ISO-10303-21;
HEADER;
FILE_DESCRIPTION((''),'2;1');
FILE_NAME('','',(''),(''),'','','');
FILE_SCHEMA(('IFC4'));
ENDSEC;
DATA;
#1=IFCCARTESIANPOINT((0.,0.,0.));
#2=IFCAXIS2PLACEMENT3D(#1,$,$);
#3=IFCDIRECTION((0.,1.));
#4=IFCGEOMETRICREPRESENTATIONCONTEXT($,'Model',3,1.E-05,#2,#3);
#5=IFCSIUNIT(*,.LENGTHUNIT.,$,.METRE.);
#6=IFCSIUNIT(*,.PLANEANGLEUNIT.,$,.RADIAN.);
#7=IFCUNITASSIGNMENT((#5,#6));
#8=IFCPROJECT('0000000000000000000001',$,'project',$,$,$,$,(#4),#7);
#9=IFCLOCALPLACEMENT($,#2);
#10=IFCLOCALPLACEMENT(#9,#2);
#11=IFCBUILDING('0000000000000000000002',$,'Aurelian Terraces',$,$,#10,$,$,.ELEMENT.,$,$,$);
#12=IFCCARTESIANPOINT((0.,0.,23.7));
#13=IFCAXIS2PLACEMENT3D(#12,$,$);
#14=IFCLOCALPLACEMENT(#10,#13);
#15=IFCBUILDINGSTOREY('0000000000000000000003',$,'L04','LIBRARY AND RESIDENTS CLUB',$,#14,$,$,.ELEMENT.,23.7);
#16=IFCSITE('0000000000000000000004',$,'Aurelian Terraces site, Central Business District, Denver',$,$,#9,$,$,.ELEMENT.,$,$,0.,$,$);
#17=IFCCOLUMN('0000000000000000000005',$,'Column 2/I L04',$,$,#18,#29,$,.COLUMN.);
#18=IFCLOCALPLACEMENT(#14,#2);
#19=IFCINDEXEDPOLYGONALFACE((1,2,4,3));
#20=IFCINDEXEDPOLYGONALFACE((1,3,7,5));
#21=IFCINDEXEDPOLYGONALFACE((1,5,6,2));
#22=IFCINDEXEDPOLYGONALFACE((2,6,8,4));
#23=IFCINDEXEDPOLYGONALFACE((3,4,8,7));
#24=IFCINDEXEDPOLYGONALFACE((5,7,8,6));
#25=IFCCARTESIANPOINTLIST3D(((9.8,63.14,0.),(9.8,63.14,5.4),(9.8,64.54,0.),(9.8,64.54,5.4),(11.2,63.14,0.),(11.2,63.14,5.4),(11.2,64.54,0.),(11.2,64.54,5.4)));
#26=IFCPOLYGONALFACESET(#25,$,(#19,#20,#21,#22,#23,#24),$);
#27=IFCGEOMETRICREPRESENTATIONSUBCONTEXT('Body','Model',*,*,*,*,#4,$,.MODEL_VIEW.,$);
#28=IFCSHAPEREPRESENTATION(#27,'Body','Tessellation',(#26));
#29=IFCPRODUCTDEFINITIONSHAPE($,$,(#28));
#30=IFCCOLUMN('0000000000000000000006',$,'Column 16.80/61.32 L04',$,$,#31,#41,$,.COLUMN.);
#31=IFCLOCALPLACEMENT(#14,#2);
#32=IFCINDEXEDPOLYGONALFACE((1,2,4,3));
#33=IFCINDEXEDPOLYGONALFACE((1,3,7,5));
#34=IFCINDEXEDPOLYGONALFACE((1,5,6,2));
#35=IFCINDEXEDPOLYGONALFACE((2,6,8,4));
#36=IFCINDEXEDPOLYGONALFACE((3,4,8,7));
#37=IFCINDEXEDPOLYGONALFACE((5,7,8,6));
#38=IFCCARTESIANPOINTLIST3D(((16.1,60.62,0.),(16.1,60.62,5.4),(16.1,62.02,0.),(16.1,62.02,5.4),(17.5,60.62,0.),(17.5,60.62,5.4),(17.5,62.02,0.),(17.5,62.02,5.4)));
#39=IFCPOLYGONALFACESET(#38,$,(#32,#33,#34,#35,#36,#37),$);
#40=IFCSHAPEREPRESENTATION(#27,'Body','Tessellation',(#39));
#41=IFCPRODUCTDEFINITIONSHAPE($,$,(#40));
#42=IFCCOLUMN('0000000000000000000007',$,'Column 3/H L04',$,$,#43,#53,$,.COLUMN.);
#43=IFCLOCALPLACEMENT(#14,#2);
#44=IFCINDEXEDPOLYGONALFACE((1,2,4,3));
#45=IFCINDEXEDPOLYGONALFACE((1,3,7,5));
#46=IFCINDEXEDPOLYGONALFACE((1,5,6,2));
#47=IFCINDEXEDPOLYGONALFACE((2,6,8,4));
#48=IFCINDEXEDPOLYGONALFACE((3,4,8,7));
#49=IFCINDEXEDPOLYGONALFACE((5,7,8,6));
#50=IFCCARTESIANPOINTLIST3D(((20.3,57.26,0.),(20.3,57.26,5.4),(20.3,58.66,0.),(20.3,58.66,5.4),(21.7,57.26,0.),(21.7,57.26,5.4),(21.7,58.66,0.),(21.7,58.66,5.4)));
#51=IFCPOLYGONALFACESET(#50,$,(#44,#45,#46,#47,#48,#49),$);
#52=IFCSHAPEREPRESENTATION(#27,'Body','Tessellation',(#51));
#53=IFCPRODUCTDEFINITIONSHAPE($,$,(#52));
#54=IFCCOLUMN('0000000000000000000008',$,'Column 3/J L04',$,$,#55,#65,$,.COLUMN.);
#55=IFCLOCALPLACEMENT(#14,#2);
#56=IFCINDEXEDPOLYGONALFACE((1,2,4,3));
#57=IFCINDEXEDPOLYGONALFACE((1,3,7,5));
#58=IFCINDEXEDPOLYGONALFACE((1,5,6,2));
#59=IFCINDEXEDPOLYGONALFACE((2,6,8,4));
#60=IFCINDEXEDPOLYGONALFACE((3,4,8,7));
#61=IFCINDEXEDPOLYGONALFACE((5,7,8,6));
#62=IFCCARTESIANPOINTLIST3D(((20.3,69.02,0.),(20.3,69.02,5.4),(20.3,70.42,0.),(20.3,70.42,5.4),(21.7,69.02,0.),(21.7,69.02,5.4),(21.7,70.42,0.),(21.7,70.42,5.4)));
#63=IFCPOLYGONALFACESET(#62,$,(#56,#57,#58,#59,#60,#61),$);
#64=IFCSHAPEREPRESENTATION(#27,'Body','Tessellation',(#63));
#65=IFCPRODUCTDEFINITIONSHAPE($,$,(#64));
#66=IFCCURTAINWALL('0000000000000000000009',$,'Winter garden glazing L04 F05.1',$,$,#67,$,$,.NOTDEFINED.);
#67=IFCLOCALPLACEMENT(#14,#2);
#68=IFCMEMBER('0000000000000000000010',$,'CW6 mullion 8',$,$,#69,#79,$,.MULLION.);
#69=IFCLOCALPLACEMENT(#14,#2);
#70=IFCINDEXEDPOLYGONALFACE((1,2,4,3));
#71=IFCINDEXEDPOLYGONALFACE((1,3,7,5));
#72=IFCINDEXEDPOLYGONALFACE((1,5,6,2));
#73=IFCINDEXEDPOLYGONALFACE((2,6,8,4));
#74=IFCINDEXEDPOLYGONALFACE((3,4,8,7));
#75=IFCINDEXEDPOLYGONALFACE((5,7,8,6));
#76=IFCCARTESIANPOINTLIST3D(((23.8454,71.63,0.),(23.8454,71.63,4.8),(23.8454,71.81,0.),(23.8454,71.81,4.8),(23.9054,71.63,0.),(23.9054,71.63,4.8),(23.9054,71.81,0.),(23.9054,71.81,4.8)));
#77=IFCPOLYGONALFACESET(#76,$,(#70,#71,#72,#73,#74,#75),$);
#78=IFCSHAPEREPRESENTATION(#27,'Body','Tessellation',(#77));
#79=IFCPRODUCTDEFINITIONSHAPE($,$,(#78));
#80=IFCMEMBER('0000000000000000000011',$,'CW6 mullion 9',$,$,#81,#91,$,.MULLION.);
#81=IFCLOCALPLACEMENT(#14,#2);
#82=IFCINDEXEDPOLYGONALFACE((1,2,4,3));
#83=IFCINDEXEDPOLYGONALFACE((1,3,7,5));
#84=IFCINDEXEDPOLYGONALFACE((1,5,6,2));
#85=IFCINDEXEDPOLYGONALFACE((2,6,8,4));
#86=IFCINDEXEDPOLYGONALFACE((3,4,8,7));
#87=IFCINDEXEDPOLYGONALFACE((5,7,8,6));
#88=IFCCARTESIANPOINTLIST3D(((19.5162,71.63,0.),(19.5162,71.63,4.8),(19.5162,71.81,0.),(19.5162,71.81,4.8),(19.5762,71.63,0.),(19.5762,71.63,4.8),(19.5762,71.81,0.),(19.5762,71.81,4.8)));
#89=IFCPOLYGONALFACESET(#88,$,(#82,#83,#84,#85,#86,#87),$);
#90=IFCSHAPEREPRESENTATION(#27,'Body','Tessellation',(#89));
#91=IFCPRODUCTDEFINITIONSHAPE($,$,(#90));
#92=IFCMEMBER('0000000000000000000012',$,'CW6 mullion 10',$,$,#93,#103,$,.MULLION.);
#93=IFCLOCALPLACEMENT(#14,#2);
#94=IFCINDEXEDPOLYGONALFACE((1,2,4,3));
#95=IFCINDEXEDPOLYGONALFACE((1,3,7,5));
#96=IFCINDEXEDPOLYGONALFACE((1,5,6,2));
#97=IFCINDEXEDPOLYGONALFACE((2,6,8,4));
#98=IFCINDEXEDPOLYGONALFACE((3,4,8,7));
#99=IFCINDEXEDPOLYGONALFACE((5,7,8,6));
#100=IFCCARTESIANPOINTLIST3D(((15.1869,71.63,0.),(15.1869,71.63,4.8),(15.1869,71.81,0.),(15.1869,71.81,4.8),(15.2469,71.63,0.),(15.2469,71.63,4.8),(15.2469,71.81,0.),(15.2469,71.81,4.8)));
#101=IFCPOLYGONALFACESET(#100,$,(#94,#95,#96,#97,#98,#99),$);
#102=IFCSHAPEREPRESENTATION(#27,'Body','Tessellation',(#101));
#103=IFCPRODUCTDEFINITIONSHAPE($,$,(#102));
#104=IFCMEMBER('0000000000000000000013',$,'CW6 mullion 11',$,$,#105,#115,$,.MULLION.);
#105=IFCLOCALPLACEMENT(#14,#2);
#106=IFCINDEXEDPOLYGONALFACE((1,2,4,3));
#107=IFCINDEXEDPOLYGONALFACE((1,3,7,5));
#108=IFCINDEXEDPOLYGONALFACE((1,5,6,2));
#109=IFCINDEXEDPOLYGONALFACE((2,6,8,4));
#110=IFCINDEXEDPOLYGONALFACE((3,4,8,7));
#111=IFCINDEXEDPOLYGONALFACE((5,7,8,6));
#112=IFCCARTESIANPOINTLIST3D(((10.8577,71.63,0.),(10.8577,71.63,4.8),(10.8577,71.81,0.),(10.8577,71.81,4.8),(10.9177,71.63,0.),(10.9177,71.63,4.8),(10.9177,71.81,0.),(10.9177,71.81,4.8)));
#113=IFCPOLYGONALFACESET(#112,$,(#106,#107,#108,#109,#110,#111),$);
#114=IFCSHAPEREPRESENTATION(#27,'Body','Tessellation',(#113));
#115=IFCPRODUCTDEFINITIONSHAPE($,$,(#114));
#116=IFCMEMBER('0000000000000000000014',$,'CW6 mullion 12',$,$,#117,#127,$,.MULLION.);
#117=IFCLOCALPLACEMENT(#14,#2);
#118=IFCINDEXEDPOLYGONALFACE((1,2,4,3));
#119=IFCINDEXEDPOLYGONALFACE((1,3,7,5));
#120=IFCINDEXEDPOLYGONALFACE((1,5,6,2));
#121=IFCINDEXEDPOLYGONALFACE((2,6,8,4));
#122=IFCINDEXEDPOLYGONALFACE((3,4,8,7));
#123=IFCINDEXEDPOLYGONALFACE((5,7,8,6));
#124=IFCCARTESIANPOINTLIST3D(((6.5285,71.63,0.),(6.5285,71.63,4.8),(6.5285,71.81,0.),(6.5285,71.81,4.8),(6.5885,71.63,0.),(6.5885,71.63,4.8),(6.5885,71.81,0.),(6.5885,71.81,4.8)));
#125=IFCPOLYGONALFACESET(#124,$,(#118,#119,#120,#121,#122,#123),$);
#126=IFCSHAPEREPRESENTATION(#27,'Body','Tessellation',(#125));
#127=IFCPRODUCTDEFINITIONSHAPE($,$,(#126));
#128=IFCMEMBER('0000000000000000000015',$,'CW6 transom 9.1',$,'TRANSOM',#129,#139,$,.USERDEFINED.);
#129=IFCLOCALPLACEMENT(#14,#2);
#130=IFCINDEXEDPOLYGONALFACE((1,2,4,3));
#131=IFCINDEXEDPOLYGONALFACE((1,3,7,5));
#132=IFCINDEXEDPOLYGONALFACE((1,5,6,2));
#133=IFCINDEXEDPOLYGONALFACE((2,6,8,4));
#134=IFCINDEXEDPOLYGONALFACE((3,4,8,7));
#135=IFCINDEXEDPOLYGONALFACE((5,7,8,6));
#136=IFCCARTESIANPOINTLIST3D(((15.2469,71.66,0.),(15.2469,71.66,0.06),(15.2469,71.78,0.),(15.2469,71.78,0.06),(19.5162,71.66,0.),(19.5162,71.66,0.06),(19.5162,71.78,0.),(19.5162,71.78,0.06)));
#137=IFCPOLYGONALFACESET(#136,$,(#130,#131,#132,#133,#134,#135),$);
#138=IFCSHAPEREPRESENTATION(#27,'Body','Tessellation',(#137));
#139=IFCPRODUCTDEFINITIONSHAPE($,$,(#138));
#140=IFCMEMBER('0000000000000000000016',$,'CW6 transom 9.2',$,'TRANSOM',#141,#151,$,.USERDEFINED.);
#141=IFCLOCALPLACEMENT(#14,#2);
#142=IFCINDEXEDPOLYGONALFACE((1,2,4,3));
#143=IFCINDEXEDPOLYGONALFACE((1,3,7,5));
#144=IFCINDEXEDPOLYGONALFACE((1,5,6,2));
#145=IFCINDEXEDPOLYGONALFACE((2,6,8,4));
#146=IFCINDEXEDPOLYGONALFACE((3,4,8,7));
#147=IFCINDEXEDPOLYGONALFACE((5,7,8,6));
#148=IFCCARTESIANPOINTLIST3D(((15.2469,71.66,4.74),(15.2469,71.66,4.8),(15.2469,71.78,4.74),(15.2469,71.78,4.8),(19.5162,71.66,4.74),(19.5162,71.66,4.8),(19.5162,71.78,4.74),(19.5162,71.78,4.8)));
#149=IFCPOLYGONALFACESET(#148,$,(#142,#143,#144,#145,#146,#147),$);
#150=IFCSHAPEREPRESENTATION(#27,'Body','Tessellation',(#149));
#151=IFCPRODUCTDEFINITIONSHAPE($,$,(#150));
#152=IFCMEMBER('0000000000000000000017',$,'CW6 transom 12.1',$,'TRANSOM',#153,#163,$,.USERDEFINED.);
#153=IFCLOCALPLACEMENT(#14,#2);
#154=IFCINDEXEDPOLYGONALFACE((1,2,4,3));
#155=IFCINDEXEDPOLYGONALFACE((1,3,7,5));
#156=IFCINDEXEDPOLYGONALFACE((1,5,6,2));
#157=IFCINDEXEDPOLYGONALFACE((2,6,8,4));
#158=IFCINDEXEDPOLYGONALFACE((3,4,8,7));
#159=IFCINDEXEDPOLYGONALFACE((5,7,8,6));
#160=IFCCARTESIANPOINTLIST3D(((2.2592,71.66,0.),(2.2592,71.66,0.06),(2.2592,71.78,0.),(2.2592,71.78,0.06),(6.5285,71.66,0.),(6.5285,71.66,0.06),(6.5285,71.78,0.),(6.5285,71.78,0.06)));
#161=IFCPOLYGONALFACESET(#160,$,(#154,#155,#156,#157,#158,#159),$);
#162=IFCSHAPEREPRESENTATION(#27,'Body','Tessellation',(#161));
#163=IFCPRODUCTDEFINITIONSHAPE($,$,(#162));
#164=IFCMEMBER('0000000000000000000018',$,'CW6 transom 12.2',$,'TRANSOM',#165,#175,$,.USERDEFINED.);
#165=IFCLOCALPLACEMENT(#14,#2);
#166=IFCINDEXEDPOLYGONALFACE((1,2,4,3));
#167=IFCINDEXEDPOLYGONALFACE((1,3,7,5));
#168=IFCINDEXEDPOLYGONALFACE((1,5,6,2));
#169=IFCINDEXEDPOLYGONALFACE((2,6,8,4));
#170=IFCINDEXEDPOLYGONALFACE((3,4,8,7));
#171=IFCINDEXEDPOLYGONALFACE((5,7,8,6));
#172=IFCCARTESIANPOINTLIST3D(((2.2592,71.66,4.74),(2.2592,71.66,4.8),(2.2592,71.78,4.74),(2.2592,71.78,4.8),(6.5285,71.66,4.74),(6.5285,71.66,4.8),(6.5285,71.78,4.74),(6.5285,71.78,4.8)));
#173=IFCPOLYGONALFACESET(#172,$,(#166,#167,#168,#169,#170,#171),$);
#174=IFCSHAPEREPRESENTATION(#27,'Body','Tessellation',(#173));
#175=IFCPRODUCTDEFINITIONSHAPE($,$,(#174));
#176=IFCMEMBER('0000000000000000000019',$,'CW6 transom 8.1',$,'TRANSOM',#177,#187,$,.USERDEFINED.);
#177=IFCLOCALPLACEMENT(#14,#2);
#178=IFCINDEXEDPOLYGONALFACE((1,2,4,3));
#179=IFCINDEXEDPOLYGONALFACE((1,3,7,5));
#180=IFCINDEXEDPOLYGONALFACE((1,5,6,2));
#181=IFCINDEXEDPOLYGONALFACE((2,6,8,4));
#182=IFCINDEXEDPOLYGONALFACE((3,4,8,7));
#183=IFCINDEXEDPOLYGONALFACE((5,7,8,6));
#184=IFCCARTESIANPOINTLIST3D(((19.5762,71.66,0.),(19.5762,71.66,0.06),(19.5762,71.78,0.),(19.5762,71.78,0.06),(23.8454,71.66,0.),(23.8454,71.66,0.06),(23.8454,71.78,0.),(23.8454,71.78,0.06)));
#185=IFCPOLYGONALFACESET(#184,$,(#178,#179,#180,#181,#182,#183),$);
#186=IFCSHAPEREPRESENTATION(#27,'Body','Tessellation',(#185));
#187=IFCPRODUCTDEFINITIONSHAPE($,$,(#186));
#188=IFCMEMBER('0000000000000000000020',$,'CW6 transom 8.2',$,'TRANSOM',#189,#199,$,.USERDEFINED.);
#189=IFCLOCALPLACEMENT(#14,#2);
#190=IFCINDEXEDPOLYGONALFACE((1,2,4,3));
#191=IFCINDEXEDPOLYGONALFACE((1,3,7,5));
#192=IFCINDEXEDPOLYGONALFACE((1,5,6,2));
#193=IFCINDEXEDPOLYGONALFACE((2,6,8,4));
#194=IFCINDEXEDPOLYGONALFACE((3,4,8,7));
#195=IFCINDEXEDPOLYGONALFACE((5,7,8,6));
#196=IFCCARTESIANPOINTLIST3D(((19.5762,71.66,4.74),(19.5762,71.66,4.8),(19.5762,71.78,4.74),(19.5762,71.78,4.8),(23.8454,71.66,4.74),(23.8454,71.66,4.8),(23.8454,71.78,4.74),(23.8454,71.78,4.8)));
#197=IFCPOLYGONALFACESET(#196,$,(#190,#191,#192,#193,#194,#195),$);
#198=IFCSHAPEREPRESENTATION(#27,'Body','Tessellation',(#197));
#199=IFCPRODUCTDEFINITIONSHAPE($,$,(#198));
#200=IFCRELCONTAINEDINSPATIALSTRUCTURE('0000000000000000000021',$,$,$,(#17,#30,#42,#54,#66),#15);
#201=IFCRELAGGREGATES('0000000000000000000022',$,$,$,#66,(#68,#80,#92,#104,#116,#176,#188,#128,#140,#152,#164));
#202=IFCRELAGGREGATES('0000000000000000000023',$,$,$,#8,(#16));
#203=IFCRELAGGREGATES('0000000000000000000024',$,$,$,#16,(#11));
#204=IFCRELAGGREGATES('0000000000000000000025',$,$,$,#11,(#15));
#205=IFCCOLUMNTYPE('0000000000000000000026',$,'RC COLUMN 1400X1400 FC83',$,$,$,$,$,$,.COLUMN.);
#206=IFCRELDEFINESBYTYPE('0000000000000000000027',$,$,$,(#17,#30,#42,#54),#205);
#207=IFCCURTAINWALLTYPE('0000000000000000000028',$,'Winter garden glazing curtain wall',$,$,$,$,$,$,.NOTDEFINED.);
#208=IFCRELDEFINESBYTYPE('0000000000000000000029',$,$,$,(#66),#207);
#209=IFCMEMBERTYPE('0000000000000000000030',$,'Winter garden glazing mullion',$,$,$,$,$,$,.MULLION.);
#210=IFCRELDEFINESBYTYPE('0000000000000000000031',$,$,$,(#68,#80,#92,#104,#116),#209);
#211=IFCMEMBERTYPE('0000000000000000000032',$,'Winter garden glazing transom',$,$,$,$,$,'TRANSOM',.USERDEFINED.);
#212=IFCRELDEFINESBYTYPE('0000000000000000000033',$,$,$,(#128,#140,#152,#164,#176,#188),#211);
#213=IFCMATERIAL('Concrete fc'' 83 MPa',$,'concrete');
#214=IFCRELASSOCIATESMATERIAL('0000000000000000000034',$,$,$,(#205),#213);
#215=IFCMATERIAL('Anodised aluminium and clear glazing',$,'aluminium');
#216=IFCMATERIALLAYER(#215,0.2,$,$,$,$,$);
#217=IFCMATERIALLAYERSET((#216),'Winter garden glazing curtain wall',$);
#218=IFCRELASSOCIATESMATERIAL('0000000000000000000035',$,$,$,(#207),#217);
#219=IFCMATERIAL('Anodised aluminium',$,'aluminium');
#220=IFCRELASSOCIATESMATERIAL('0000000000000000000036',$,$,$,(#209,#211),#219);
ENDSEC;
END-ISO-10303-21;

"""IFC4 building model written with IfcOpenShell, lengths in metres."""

from ifc_helpers import new_model, si_unit, direction, frame, origin, origin_2d, place, context, subcontext, project, spatial, rectangle, extrude, source, transform, mapped, material, layer, layer_set, material_profile, profile_set, type_object, element, aggregate, save


model = new_model("IFC4")

# Units and contexts
model_context = context("Model", 3, precision=1e-05, world=origin(), true_north=direction((0.0, 1.0)))
body_context = subcontext(model_context, "Body", "Model", "MODEL_VIEW")
ifc_project = project(units=[si_unit("LENGTHUNIT", "METRE"), si_unit("PLANEANGLEUNIT", "RADIAN")], contexts=[model_context])

# Site, building, storey
site_placement = place(None, origin())
site = spatial("IfcSite", under=ifc_project, at=site_placement, Name="Aurelian Terraces site, Central Business District, Denver", CompositionType="ELEMENT", RefElevation=0.0)
building_placement = place(site_placement, origin())
building = spatial("IfcBuilding", under=site, at=building_placement, Name="Aurelian Terraces", CompositionType="ELEMENT")
storey_placement = place(building_placement, frame((0.0, 0.0, 23.7)))
storey = spatial("IfcBuildingStorey", under=building, at=storey_placement, Name="L04", Description="LIBRARY AND RESIDENTS CLUB", CompositionType="ELEMENT", Elevation=23.7)

# Columns
ifc_material_1 = material(Name="Concrete fc' 83 MPa", Category="concrete")
ifc_material_profile_1 = material_profile(ifc_material_1, rectangle(XDim=1.4, YDim=1.4, at=origin_2d()))
ifc_profile_set_1 = profile_set([ifc_material_profile_1], Name="Concrete fc' 83 MPa")
column_type = type_object("IfcColumnType", Name="RC COLUMN 1400X1400 FC83", PredefinedType="COLUMN", material=ifc_profile_set_1)
shared_shape_1 = source(origin(), body_context, "Body", "SweptSolid", [
    extrude(rectangle(XDim=1.4, YDim=1.4, at=origin_2d()), origin(), (0.0, 0.0, 1.0), 5.4),
])
for number, where, z_axis, x_axis, name in (
    (1, (10.5, 63.84, 0.0), (0.0, 0.0, 1.0), (1.0, 0.0, 0.0), "Column 2/I L04"),
    (2, (16.8, 61.32, 0.0), (0.0, 0.0, 1.0), (1.0, 0.0, 0.0), "Column 16.80/61.32 L04"),
    (3, (21.0, 57.96, 0.0), (0.0, 0.0, 1.0), (1.0, 0.0, 0.0), "Column 3/H L04"),
    (4, (21.0, 69.72, 0.0), (0.0, 0.0, 1.0), (1.0, 0.0, 0.0), "Column 3/J L04"),
):
    element("IfcColumn", number, at=place(storey_placement, frame(where, z_axis=z_axis, x_axis=x_axis)), inside=storey, type_object=column_type, Name=name, PredefinedType="COLUMN", context=body_context, shape_type="MappedRepresentation", body=[
        mapped(shared_shape_1, transform((0.0, 0.0, 0.0), scale=1.0)),
    ])

# Curtain wall, members
ifc_material_2 = material(Name="Anodised aluminium and clear glazing", Category="aluminium")
ifc_layer_1 = layer(ifc_material_2, 0.2)
ifc_layer_set_1 = layer_set([ifc_layer_1], Name="Winter garden glazing curtain wall")
curtain_wall_type = type_object("IfcCurtainWallType", Name="Winter garden glazing curtain wall", PredefinedType="NOTDEFINED", material=ifc_layer_set_1)
curtain_wall_placement = place(storey_placement, origin())
curtain_wall = element("IfcCurtainWall", 5, at=curtain_wall_placement, inside=storey, type_object=curtain_wall_type, Name="Winter garden glazing L04 F05.1", PredefinedType="NOTDEFINED")
ifc_material_3 = material(Name="Anodised aluminium", Category="aluminium")
ifc_material_profile_2 = material_profile(ifc_material_3, rectangle(XDim=0.18, YDim=0.06, at=origin_2d()))
ifc_profile_set_2 = profile_set([ifc_material_profile_2], Name="Anodised aluminium")
member_type_1 = type_object("IfcMemberType", Name="Winter garden glazing mullion", PredefinedType="MULLION", material=ifc_profile_set_2)
shared_shape_2 = source(origin(), body_context, "Body", "SweptSolid", [
    extrude(rectangle(XDim=0.18, YDim=0.06, at=origin_2d()), origin(), (0.0, 0.0, 1.0), 4.8),
])
member_1_placement = place(storey_placement, frame((23.8754, 71.72, 0.0), z_axis=(0.0, 0.0, 1.0), x_axis=(0.0, -1.0, 0.0)))
member_1 = element("IfcMember", 6, at=member_1_placement, type_object=member_type_1, Name="CW6 mullion 8", PredefinedType="MULLION", context=body_context, shape_type="MappedRepresentation", body=[
    mapped(shared_shape_2, transform((0.0, 0.0, 0.0), scale=1.0)),
])
member_2_placement = place(storey_placement, frame((19.5462, 71.72, 0.0), z_axis=(0.0, 0.0, 1.0), x_axis=(0.0, -1.0, 0.0)))
member_2 = element("IfcMember", 7, at=member_2_placement, type_object=member_type_1, Name="CW6 mullion 9", PredefinedType="MULLION", context=body_context, shape_type="MappedRepresentation", body=[
    mapped(shared_shape_2, transform((0.0, 0.0, 0.0), scale=1.0)),
])
member_3_placement = place(storey_placement, frame((15.2169, 71.72, 0.0), z_axis=(0.0, 0.0, 1.0), x_axis=(0.0, -1.0, 0.0)))
member_3 = element("IfcMember", 8, at=member_3_placement, type_object=member_type_1, Name="CW6 mullion 10", PredefinedType="MULLION", context=body_context, shape_type="MappedRepresentation", body=[
    mapped(shared_shape_2, transform((0.0, 0.0, 0.0), scale=1.0)),
])
member_4_placement = place(storey_placement, frame((10.8877, 71.72, 0.0), z_axis=(0.0, 0.0, 1.0), x_axis=(0.0, -1.0, 0.0)))
member_4 = element("IfcMember", 9, at=member_4_placement, type_object=member_type_1, Name="CW6 mullion 11", PredefinedType="MULLION", context=body_context, shape_type="MappedRepresentation", body=[
    mapped(shared_shape_2, transform((0.0, 0.0, 0.0), scale=1.0)),
])
member_5_placement = place(storey_placement, frame((6.5585, 71.72, 0.0), z_axis=(0.0, 0.0, 1.0), x_axis=(0.0, -1.0, 0.0)))
member_5 = element("IfcMember", 10, at=member_5_placement, type_object=member_type_1, Name="CW6 mullion 12", PredefinedType="MULLION", context=body_context, shape_type="MappedRepresentation", body=[
    mapped(shared_shape_2, transform((0.0, 0.0, 0.0), scale=1.0)),
])
ifc_material_profile_3 = material_profile(ifc_material_3, rectangle(XDim=0.12, YDim=0.06, at=origin_2d()))
ifc_profile_set_3 = profile_set([ifc_material_profile_3], Name="Anodised aluminium")
member_type_2 = type_object("IfcMemberType", Name="Winter garden glazing transom", ElementType="TRANSOM", PredefinedType="USERDEFINED", material=ifc_profile_set_3)
shared_shape_3 = source(origin(), body_context, "Body", "SweptSolid", [
    extrude(rectangle(XDim=0.12, YDim=0.06, at=origin_2d()), origin(), (0.0, 0.0, 1.0), 4.2693),
])
member_6_placement = place(storey_placement, frame((19.5162, 71.72, 0.03), z_axis=(-1.0, 0.0, 0.0), x_axis=(0.0, -1.0, 0.0)))
member_6 = element("IfcMember", 11, at=member_6_placement, type_object=member_type_2, Name="CW6 transom 9.1", ObjectType="TRANSOM", PredefinedType="USERDEFINED", context=body_context, shape_type="MappedRepresentation", body=[
    mapped(shared_shape_3, transform((0.0, 0.0, 0.0), scale=1.0)),
])
member_7_placement = place(storey_placement, frame((19.5162, 71.72, 4.77), z_axis=(-1.0, 0.0, 0.0), x_axis=(0.0, -1.0, 0.0)))
member_7 = element("IfcMember", 12, at=member_7_placement, type_object=member_type_2, Name="CW6 transom 9.2", ObjectType="TRANSOM", PredefinedType="USERDEFINED", context=body_context, shape_type="MappedRepresentation", body=[
    mapped(shared_shape_3, transform((0.0, 0.0, 0.0), scale=1.0)),
])
member_8_placement = place(storey_placement, frame((6.5285, 71.72, 0.03), z_axis=(-1.0, 0.0, 0.0), x_axis=(0.0, -1.0, 0.0)))
member_8 = element("IfcMember", 13, at=member_8_placement, type_object=member_type_2, Name="CW6 transom 12.1", ObjectType="TRANSOM", PredefinedType="USERDEFINED", context=body_context, shape_type="MappedRepresentation", body=[
    mapped(shared_shape_3, transform((0.0, 0.0, 0.0), scale=1.0)),
])
member_9_placement = place(storey_placement, frame((6.5285, 71.72, 4.77), z_axis=(-1.0, 0.0, 0.0), x_axis=(0.0, -1.0, 0.0)))
member_9 = element("IfcMember", 14, at=member_9_placement, type_object=member_type_2, Name="CW6 transom 12.2", ObjectType="TRANSOM", PredefinedType="USERDEFINED", context=body_context, shape_type="MappedRepresentation", body=[
    mapped(shared_shape_3, transform((0.0, 0.0, 0.0), scale=1.0)),
])
shared_shape_4 = source(origin(), body_context, "Body", "SweptSolid", [
    extrude(rectangle(XDim=0.12, YDim=0.06, at=origin_2d()), origin(), (0.0, 0.0, 1.0), 4.2692),
])
member_10_placement = place(storey_placement, frame((23.8454, 71.72, 0.03), z_axis=(-1.0, 0.0, 0.0), x_axis=(0.0, -1.0, 0.0)))
member_10 = element("IfcMember", 15, at=member_10_placement, type_object=member_type_2, Name="CW6 transom 8.1", ObjectType="TRANSOM", PredefinedType="USERDEFINED", context=body_context, shape_type="MappedRepresentation", body=[
    mapped(shared_shape_4, transform((0.0, 0.0, 0.0), scale=1.0)),
])
member_11_placement = place(storey_placement, frame((23.8454, 71.72, 4.77), z_axis=(-1.0, 0.0, 0.0), x_axis=(0.0, -1.0, 0.0)))
member_11 = element("IfcMember", 16, at=member_11_placement, type_object=member_type_2, Name="CW6 transom 8.2", ObjectType="TRANSOM", PredefinedType="USERDEFINED", context=body_context, shape_type="MappedRepresentation", body=[
    mapped(shared_shape_4, transform((0.0, 0.0, 0.0), scale=1.0)),
])
aggregate(curtain_wall, [member_1, member_2, member_3, member_4, member_5, member_10, member_11, member_6, member_7, member_8, member_9])

save(model, "model.ifc")
